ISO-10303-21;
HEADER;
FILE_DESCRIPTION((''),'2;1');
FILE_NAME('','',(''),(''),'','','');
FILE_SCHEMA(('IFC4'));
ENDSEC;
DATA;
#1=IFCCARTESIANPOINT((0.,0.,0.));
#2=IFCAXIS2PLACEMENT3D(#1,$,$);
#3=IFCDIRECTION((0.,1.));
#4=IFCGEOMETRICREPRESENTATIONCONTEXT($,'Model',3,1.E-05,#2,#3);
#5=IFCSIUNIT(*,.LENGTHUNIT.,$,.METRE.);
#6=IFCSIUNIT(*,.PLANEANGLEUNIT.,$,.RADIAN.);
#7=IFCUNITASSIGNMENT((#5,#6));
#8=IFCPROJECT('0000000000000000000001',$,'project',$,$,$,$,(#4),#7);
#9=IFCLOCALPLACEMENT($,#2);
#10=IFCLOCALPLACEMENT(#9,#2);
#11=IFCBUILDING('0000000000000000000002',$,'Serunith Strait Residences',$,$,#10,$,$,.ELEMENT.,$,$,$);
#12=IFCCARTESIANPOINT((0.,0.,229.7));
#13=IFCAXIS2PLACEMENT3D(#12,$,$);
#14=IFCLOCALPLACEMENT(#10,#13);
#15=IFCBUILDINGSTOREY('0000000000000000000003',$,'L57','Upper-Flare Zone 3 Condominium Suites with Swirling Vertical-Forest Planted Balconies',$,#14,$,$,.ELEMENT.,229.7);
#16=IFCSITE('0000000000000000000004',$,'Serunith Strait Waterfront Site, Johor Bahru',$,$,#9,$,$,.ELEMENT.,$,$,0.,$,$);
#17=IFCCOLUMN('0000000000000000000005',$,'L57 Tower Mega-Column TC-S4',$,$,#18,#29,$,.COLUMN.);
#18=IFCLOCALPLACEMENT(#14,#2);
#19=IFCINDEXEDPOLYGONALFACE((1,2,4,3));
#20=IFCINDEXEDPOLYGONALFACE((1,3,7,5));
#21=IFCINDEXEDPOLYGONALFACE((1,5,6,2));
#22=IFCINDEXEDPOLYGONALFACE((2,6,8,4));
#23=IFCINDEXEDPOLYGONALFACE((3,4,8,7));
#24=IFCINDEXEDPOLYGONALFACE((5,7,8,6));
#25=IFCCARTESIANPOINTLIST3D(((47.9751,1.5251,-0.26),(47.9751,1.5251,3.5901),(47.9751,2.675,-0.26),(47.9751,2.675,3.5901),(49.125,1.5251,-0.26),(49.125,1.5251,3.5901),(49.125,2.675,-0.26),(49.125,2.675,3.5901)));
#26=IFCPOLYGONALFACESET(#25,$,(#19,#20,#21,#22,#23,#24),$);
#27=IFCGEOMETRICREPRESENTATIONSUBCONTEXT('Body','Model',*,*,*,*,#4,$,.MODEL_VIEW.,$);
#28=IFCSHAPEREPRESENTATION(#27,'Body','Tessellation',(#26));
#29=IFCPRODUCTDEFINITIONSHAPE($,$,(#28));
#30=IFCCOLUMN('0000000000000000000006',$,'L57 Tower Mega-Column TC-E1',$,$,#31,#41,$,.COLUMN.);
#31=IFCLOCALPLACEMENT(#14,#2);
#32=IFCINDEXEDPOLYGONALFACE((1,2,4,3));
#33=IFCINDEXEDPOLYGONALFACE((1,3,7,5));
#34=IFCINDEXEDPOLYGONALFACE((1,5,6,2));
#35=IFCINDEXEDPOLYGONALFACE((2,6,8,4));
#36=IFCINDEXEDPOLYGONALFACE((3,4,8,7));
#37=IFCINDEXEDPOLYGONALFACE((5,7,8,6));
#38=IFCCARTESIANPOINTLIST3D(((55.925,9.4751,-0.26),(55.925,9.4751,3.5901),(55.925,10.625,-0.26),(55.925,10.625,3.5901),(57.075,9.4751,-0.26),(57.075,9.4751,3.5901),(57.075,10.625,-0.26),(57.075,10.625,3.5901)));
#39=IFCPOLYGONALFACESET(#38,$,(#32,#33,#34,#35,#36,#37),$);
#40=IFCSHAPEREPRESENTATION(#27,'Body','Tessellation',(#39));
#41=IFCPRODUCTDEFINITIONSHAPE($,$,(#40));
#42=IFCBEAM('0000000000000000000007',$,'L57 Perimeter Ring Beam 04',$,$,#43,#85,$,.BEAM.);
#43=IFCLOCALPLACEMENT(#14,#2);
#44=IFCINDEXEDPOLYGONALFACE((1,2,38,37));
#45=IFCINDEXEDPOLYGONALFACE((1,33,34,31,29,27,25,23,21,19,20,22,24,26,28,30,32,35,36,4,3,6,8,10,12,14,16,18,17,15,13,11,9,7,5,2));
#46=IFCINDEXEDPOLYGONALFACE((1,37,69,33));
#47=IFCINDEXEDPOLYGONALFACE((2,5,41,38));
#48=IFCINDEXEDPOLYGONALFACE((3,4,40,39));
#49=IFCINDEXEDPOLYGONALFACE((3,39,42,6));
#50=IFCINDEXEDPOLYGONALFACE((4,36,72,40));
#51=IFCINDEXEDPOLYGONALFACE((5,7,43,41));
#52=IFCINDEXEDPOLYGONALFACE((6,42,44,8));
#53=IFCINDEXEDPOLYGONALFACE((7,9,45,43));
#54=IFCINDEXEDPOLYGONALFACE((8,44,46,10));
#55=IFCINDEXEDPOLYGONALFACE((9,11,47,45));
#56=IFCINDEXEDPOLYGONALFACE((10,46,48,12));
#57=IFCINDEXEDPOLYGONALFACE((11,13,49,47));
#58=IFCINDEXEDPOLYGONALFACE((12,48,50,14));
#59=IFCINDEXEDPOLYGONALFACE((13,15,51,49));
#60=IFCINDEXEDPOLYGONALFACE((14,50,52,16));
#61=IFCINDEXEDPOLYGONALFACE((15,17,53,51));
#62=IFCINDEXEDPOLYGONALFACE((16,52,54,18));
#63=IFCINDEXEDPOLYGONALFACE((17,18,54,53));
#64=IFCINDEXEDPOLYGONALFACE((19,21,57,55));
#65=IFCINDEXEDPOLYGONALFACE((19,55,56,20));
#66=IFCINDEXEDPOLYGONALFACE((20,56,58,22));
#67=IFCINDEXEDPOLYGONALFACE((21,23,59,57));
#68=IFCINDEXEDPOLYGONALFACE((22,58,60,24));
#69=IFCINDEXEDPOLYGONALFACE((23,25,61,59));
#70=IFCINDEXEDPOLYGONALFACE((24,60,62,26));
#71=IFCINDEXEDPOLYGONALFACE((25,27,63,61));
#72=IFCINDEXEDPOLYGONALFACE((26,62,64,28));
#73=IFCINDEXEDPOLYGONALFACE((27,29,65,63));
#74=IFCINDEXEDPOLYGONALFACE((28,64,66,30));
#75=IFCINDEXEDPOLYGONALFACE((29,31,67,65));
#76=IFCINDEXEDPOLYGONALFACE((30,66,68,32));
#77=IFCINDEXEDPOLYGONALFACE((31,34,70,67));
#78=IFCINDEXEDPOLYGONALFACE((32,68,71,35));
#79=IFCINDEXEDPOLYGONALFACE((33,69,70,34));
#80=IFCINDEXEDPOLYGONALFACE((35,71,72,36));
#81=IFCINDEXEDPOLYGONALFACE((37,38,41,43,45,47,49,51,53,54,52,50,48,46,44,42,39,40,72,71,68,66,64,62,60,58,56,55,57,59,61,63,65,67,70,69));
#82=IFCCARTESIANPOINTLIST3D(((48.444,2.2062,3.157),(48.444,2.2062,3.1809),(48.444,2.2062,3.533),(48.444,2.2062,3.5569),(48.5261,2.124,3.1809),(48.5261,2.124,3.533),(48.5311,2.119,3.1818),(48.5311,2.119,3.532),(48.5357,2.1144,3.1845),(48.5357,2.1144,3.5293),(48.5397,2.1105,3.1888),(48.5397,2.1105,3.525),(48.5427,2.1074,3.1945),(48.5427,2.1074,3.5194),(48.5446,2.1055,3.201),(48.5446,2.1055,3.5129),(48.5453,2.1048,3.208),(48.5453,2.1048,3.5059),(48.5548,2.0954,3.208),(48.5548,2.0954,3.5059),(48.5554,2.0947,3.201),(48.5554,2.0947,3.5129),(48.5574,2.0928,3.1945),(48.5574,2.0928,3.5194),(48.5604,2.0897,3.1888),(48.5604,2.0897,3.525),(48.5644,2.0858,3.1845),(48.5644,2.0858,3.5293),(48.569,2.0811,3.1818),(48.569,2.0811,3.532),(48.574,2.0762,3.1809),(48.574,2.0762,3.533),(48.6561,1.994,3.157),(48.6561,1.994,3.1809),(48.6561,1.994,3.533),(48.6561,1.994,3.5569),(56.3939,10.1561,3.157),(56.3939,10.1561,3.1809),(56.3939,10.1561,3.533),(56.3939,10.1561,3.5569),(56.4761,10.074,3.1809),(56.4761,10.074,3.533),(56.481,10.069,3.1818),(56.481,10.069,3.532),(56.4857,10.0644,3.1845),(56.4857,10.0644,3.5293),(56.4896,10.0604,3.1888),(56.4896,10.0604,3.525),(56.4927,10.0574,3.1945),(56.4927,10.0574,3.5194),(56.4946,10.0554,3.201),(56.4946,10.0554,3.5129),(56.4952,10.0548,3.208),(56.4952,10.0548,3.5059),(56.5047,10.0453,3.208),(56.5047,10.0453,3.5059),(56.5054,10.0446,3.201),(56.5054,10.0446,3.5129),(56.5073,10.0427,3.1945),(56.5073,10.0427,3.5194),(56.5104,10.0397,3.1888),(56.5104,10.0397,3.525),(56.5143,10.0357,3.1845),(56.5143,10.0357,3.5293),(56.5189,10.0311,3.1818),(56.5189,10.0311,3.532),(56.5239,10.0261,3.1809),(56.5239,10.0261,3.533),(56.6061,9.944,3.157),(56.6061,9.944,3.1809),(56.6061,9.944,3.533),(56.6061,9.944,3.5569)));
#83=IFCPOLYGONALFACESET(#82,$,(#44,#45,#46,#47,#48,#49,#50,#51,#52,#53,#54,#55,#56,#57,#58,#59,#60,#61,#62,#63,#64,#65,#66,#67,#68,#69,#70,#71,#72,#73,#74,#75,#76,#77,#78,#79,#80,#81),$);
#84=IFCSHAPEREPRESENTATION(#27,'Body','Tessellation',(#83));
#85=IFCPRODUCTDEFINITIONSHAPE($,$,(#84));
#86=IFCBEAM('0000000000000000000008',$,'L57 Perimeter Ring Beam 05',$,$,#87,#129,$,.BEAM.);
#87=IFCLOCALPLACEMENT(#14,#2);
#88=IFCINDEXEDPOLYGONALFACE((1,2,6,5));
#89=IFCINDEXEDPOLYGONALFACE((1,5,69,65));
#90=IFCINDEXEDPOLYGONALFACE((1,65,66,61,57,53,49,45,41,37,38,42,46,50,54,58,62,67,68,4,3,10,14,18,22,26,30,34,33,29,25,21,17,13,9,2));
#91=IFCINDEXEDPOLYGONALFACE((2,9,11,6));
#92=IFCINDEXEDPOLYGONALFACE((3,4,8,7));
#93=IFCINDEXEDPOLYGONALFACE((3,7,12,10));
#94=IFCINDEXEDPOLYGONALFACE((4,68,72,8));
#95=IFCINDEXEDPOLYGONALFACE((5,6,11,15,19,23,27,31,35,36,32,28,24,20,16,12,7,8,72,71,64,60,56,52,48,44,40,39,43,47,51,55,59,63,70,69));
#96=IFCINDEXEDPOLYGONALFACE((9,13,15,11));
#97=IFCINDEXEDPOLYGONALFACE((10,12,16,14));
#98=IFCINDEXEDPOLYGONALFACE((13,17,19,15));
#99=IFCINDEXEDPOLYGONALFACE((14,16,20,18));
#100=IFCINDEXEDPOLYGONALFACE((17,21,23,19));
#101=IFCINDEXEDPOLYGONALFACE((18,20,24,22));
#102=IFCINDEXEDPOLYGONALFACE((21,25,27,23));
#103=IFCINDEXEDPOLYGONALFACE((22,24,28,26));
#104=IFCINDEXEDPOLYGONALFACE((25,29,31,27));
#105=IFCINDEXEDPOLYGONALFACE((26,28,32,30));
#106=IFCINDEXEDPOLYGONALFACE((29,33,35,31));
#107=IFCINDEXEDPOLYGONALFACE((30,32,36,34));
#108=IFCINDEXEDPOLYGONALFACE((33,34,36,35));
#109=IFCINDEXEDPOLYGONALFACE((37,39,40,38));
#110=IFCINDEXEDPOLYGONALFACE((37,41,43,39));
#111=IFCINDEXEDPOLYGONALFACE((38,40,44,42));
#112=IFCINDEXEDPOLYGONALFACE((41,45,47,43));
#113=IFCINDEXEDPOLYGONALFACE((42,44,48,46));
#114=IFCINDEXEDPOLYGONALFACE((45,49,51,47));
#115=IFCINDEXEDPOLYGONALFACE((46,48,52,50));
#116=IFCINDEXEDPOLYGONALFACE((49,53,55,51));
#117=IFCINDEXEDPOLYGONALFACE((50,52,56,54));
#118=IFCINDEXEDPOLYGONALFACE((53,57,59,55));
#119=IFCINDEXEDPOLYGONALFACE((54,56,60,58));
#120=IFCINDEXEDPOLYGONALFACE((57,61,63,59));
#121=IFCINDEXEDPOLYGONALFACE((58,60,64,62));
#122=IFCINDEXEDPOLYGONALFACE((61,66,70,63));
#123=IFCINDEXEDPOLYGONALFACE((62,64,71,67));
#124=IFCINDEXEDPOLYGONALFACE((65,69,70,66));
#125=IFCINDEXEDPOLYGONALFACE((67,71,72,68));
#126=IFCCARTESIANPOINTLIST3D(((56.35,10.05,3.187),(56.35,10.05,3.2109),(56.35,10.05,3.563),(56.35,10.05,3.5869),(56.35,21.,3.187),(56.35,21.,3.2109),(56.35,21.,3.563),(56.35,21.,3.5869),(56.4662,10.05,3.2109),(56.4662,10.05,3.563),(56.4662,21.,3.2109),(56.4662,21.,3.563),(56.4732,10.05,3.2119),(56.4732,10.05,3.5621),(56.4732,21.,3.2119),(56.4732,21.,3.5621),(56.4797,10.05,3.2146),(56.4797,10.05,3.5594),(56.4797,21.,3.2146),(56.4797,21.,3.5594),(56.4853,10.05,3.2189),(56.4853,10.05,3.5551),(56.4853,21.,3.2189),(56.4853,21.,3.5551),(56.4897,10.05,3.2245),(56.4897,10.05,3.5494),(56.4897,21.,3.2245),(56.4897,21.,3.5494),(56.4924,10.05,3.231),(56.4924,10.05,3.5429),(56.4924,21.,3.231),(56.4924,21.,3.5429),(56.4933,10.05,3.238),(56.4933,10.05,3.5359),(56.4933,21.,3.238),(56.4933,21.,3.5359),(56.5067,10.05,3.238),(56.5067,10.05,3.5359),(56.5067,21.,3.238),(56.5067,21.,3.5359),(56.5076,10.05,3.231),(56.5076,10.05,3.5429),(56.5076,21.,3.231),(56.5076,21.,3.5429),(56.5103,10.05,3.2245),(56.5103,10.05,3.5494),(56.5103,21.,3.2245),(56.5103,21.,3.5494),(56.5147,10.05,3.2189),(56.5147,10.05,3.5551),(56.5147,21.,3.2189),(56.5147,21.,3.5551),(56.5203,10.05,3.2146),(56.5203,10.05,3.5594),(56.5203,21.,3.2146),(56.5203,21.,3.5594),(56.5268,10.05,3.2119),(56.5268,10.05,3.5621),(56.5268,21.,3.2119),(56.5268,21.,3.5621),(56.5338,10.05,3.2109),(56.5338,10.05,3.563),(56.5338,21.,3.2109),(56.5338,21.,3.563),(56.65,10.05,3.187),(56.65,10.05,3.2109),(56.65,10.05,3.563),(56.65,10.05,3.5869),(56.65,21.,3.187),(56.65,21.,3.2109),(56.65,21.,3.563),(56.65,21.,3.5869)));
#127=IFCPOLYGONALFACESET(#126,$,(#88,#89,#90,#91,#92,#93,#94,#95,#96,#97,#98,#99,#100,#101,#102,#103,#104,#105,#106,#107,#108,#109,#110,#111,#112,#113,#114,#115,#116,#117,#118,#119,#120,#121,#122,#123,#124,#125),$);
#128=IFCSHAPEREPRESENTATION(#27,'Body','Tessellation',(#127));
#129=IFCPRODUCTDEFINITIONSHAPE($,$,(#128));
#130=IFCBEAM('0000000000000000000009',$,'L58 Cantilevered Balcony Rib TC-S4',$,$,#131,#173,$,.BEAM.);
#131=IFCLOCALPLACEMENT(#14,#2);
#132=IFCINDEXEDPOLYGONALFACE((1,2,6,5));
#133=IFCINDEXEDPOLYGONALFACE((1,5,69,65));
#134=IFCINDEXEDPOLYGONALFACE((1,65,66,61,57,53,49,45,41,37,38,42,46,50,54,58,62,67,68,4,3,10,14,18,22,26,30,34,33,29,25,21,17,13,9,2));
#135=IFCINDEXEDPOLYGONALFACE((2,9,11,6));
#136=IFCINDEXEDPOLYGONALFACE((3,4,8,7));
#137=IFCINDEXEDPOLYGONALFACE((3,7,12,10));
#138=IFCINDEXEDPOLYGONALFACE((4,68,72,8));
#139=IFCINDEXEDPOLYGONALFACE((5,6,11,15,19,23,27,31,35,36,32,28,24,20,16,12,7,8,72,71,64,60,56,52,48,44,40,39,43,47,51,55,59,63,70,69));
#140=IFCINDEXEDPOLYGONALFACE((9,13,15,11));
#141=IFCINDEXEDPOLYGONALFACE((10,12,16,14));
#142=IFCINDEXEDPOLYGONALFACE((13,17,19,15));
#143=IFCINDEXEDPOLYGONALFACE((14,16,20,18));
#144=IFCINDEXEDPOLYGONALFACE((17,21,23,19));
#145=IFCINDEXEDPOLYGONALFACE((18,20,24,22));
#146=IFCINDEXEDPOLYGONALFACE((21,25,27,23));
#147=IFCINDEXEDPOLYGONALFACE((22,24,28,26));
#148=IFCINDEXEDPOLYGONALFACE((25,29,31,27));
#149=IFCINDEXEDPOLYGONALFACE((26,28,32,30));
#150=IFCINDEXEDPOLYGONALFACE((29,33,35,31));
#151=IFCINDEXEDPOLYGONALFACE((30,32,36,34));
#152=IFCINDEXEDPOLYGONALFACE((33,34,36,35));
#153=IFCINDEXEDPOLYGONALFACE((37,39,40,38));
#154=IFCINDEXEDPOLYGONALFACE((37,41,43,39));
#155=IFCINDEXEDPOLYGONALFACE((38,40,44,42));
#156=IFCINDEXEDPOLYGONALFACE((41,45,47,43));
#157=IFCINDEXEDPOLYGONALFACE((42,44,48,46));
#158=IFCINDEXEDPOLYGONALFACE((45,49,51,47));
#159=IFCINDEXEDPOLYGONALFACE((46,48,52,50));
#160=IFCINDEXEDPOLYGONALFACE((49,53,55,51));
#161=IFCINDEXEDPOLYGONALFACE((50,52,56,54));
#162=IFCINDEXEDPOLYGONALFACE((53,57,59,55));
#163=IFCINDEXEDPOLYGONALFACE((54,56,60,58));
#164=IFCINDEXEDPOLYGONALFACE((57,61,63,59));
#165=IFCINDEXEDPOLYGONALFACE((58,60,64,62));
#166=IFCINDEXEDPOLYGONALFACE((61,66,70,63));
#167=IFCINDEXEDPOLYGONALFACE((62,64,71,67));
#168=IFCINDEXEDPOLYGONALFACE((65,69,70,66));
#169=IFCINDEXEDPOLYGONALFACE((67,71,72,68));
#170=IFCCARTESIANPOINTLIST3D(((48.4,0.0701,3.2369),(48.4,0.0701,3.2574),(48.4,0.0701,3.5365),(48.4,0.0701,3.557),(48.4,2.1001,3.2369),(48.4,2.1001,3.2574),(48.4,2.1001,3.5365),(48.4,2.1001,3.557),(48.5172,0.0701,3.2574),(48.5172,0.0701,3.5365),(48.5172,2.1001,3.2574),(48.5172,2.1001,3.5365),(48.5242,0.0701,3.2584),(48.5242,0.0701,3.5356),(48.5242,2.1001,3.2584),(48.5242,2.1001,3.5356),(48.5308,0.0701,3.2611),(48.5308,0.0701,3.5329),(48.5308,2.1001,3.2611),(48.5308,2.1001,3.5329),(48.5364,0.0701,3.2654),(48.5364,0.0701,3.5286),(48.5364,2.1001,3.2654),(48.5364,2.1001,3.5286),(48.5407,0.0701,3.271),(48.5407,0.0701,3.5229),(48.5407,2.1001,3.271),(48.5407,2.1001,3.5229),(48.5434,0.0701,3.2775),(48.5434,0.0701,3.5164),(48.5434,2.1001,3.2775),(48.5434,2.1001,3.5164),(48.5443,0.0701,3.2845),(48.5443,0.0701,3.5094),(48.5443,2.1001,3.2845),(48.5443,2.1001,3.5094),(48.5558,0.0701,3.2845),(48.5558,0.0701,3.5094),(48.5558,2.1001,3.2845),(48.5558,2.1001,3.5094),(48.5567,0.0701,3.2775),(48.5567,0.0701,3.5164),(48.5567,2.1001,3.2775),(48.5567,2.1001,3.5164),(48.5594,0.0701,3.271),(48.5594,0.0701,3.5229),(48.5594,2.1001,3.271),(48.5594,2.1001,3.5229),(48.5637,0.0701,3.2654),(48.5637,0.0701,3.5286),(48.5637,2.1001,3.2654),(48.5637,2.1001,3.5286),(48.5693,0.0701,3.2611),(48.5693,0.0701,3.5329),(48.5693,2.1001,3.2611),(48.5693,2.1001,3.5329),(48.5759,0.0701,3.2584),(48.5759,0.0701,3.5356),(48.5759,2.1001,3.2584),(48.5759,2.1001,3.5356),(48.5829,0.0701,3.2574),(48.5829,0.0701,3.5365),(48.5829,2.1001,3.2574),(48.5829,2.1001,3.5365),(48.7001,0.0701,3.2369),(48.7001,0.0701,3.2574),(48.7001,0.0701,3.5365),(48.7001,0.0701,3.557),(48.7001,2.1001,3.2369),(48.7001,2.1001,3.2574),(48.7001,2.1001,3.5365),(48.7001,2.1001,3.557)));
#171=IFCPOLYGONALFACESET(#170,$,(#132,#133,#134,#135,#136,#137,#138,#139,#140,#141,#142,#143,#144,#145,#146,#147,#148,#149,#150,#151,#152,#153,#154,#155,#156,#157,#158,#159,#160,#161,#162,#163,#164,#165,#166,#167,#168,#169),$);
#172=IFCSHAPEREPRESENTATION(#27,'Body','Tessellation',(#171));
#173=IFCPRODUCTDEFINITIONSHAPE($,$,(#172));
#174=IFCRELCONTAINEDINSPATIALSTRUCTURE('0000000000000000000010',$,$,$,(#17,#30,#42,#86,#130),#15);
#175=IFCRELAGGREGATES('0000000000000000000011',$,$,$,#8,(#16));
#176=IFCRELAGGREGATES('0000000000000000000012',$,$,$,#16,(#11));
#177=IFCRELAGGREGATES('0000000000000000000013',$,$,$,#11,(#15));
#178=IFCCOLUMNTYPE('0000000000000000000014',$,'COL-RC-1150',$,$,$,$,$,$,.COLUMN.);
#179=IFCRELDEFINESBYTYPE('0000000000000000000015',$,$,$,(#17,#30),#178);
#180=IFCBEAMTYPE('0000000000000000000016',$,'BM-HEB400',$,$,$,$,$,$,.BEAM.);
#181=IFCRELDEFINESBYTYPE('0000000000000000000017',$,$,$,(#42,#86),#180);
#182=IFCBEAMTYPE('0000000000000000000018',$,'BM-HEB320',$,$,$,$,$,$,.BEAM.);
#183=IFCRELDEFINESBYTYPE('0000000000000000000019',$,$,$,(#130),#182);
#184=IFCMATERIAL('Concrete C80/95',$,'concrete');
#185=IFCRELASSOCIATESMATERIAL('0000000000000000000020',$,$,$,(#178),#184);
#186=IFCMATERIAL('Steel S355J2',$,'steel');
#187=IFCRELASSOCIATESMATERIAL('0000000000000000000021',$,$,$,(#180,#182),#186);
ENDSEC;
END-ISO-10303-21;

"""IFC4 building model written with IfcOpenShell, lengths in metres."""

from ifc_helpers import new_model, si_unit, direction, frame, origin, origin_2d, place, context, subcontext, project, spatial, rectangle, i_section, extrude, source, transform, mapped, material, material_profile, profile_set, type_object, element, save


model = new_model("IFC4")

# Units and contexts
model_context = context("Model", 3, precision=1e-05, world=origin(), true_north=direction((0.0, 1.0)))
body_context = subcontext(model_context, "Body", "Model", "MODEL_VIEW")
ifc_project = project(units=[si_unit("LENGTHUNIT", "METRE"), si_unit("PLANEANGLEUNIT", "RADIAN")], contexts=[model_context])

# Site, building, storey
site_placement = place(None, origin())
site = spatial("IfcSite", under=ifc_project, at=site_placement, Name="Serunith Strait Waterfront Site, Johor Bahru", CompositionType="ELEMENT", RefElevation=0.0)
building_placement = place(site_placement, origin())
building = spatial("IfcBuilding", under=site, at=building_placement, Name="Serunith Strait Residences", CompositionType="ELEMENT")
storey_placement = place(building_placement, frame((0.0, 0.0, 229.7)))
storey = spatial("IfcBuildingStorey", under=building, at=storey_placement, Name="L57", Description="Upper-Flare Zone 3 Condominium Suites with Swirling Vertical-Forest Planted Balconies", CompositionType="ELEMENT", Elevation=229.7)

# Columns
ifc_material_1 = material(Name="Concrete C80/95", Category="concrete")
ifc_material_profile_1 = material_profile(ifc_material_1, rectangle(XDim=1.1499, YDim=1.1499, at=origin_2d()), Name="RC 1150x1150")
ifc_profile_set_1 = profile_set([ifc_material_profile_1], Name="Concrete C80/95")
column_type = type_object("IfcColumnType", Name="COL-RC-1150", PredefinedType="COLUMN", material=ifc_profile_set_1)
shared_shape_1 = source(origin(), body_context, "Body", "SweptSolid", [
    extrude(rectangle(XDim=1.1499, YDim=1.1499, at=origin_2d()), origin(), (0.0, 0.0, 1.0), 3.8501),
])
for number, where, z_axis, x_axis, name in (
    (1, (48.55, 2.1001, -0.26), (0.0, 0.0, 1.0), (1.0, 0.0, 0.0), "L57 Tower Mega-Column TC-S4"),
    (2, (56.5, 10.05, -0.26), (0.0, 0.0, 1.0), (1.0, 0.0, 0.0), "L57 Tower Mega-Column TC-E1"),
):
    element("IfcColumn", number, at=place(storey_placement, frame(where, z_axis=z_axis, x_axis=x_axis)), inside=storey, type_object=column_type, Name=name, PredefinedType="COLUMN", context=body_context, shape_type="MappedRepresentation", body=[
        mapped(shared_shape_1, transform((0.0, 0.0, 0.0), scale=1.0)),
    ])

# Beams
ifc_material_2 = material(Name="Steel S355J2", Category="steel")
ifc_material_profile_2 = material_profile(ifc_material_2, i_section(OverallWidth=0.3, OverallDepth=0.3999, WebThickness=0.0134, FlangeThickness=0.0239, FilletRadius=0.0271, at=origin_2d()), Name="HEB 400")
ifc_profile_set_2 = profile_set([ifc_material_profile_2], Name="Steel S355J2")
beam_type_1 = type_object("IfcBeamType", Name="BM-HEB400", PredefinedType="BEAM", material=ifc_profile_set_2)
shared_shape_2 = source(origin(), body_context, "Body", "SweptSolid", [
    extrude(i_section(OverallWidth=0.3, OverallDepth=0.3999, WebThickness=0.0134, FlangeThickness=0.0239, FilletRadius=0.0271, at=origin_2d()), origin(), (0.0, 0.0, 1.0), 11.2429),
])
beam_1_placement = place(storey_placement, frame((48.55, 2.1001, 3.3569), z_axis=(0.707107, 0.707107, 0.0), x_axis=(-0.707107, 0.707107, 0.0)))
element("IfcBeam", 3, at=beam_1_placement, inside=storey, type_object=beam_type_1, Name="L57 Perimeter Ring Beam 04", PredefinedType="BEAM", context=body_context, shape_type="MappedRepresentation", body=[
    mapped(shared_shape_2, transform((0.0, 0.0, 0.0), scale=1.0)),
])
shared_shape_3 = source(origin(), body_context, "Body", "SweptSolid", [
    extrude(i_section(OverallWidth=0.3, OverallDepth=0.3999, WebThickness=0.0134, FlangeThickness=0.0239, FilletRadius=0.0271, at=origin_2d()), origin(), (0.0, 0.0, 1.0), 10.95),
])
beam_2_placement = place(storey_placement, frame((56.5, 10.05, 3.387), z_axis=(0.0, 1.0, 0.0), x_axis=(-1.0, 0.0, 0.0)))
element("IfcBeam", 4, at=beam_2_placement, inside=storey, type_object=beam_type_1, Name="L57 Perimeter Ring Beam 05", PredefinedType="BEAM", context=body_context, shape_type="MappedRepresentation", body=[
    mapped(shared_shape_3, transform((0.0, 0.0, 0.0), scale=1.0)),
])
ifc_material_profile_3 = material_profile(ifc_material_2, i_section(OverallWidth=0.3, OverallDepth=0.3201, WebThickness=0.0115, FlangeThickness=0.0205, FilletRadius=0.0271, at=origin_2d()), Name="HEB 320")
ifc_profile_set_3 = profile_set([ifc_material_profile_3], Name="Steel S355J2")
beam_type_2 = type_object("IfcBeamType", Name="BM-HEB320", PredefinedType="BEAM", material=ifc_profile_set_3)
shared_shape_4 = source(origin(), body_context, "Body", "SweptSolid", [
    extrude(i_section(OverallWidth=0.3, OverallDepth=0.3201, WebThickness=0.0115, FlangeThickness=0.0205, FilletRadius=0.0271, at=origin_2d()), origin(), (0.0, 0.0, 1.0), 2.03),
])
beam_3_placement = place(storey_placement, frame((48.55, 2.1001, 3.397), z_axis=(0.0, -1.0, 0.0), x_axis=(1.0, 0.0, 0.0)))
element("IfcBeam", 5, at=beam_3_placement, inside=storey, type_object=beam_type_2, Name="L58 Cantilevered Balcony Rib TC-S4", PredefinedType="BEAM", context=body_context, shape_type="MappedRepresentation", body=[
    mapped(shared_shape_4, transform((0.0, 0.0, 0.0), scale=1.0)),
])

save(model, "model.ifc")
